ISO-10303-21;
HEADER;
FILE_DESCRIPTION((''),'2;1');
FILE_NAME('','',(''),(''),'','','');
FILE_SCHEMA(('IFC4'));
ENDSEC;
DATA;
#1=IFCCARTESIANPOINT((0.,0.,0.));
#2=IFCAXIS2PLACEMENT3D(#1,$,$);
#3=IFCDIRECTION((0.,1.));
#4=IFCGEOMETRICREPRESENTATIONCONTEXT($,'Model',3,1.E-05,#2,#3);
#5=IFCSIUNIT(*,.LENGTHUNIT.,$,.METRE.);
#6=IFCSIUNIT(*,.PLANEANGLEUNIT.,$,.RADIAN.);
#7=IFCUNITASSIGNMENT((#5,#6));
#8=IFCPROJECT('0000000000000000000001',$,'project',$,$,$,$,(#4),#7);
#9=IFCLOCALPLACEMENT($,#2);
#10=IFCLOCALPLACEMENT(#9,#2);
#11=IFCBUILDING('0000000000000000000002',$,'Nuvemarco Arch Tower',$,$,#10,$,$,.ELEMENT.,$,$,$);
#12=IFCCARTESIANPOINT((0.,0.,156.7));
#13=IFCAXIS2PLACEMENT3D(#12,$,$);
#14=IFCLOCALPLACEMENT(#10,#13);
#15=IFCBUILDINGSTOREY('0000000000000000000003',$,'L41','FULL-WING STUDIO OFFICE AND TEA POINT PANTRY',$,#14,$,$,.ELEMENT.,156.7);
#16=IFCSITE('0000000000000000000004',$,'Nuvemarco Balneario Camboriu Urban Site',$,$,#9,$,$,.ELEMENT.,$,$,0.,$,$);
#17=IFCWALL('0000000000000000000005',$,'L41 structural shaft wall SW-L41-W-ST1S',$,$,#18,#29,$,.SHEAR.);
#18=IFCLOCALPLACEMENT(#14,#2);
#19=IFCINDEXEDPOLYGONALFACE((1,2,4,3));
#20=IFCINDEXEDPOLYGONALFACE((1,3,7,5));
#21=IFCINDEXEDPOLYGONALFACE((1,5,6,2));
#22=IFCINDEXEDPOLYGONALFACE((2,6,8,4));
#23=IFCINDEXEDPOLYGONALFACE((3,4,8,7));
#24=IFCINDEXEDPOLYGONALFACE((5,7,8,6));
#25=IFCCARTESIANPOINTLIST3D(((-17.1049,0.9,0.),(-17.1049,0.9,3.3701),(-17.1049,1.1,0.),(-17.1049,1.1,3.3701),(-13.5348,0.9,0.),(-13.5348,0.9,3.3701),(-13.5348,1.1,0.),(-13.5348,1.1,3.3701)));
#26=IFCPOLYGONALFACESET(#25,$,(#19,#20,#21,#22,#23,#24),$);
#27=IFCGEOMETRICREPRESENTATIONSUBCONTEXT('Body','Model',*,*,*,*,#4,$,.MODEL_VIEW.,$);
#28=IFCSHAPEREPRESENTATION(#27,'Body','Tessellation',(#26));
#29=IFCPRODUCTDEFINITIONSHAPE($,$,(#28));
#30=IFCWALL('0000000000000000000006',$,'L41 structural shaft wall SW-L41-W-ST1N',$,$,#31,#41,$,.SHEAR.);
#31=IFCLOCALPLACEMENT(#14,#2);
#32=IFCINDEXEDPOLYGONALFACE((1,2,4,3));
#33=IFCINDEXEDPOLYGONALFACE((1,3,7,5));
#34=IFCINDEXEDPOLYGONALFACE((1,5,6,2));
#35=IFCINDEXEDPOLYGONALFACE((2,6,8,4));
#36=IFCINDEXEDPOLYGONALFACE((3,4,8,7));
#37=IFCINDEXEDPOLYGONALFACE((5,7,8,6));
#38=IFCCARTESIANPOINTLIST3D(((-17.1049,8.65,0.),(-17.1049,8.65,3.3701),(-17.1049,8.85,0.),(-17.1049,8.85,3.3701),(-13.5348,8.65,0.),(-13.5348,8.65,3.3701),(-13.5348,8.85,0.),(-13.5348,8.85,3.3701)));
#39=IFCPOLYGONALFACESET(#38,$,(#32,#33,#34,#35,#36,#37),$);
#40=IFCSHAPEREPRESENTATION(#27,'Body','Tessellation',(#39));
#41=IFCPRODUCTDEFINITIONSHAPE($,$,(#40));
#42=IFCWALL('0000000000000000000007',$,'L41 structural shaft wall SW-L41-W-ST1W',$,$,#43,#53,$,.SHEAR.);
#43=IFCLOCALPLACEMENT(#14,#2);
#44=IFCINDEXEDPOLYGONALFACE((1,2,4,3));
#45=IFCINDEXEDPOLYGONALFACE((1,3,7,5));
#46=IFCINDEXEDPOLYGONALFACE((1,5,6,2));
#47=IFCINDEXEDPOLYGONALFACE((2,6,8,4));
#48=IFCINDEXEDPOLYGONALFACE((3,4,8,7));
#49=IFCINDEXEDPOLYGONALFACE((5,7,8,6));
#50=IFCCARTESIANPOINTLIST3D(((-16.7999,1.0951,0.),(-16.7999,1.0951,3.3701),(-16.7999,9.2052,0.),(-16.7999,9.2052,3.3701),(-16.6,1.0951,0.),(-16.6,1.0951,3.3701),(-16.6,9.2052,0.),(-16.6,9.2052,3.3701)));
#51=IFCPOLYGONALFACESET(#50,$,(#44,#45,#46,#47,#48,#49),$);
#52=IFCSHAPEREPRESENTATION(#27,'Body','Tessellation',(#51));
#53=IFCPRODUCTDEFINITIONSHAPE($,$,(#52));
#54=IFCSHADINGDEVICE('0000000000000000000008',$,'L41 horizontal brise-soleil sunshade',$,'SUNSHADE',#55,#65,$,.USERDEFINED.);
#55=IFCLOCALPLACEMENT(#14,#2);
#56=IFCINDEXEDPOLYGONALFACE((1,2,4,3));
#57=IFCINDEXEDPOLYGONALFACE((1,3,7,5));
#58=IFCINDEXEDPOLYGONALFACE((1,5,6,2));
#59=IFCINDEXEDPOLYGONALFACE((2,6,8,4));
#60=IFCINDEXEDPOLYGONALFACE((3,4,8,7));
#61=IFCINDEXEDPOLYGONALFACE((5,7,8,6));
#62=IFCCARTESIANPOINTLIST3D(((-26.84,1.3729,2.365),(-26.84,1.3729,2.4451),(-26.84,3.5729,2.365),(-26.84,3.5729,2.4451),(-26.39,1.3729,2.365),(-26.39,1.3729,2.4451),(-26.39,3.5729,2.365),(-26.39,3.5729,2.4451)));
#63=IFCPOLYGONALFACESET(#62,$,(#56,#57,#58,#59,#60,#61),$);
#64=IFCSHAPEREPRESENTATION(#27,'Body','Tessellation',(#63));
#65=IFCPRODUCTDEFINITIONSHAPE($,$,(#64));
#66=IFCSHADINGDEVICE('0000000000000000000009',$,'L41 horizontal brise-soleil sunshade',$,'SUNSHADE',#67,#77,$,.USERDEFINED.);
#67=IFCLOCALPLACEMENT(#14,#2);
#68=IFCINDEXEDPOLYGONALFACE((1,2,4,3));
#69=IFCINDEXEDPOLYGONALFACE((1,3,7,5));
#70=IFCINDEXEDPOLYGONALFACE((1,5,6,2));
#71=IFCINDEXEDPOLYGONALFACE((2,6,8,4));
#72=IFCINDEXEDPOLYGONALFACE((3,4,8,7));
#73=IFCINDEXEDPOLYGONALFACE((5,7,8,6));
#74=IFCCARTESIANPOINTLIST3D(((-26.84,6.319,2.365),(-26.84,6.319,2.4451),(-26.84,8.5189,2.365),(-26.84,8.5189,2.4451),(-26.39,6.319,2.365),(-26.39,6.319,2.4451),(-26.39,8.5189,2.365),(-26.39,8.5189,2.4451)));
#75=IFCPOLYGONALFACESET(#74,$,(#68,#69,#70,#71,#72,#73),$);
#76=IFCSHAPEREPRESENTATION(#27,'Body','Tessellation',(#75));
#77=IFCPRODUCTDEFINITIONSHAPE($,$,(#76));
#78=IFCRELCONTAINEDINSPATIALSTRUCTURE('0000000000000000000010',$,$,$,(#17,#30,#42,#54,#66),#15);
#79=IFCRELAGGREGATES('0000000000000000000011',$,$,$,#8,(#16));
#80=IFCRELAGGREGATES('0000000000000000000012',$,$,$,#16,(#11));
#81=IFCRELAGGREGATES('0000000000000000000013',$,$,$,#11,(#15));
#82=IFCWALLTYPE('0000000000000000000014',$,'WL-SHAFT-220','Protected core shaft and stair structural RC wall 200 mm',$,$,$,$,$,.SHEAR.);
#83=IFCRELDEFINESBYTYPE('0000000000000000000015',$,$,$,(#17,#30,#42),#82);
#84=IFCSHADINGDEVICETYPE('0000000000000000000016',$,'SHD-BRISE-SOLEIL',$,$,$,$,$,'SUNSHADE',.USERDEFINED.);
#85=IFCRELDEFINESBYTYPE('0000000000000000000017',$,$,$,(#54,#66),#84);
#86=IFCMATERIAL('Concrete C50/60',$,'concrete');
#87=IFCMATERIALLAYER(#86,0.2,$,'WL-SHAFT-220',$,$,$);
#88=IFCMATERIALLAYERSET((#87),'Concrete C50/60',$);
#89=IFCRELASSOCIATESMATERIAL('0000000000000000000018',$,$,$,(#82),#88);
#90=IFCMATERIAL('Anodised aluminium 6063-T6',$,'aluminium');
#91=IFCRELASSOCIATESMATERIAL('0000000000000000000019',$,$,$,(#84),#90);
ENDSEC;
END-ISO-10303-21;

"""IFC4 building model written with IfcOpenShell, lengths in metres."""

from ifc_helpers import new_model, si_unit, direction, frame, frame_2d, origin, origin_2d, place, context, subcontext, project, spatial, rectangle, extrude, source, transform, mapped, material, layer, layer_set, type_object, type_shapes, element, save


model = new_model("IFC4")

# Units and contexts
model_context = context("Model", 3, precision=1e-05, world=origin(), true_north=direction((0.0, 1.0)))
body_context = subcontext(model_context, "Body", "Model", "MODEL_VIEW")
ifc_project = project(units=[si_unit("LENGTHUNIT", "METRE"), si_unit("PLANEANGLEUNIT", "RADIAN")], contexts=[model_context])

# Site, building, storey
site_placement = place(None, origin())
site = spatial("IfcSite", under=ifc_project, at=site_placement, Name="Nuvemarco Balneario Camboriu Urban Site", CompositionType="ELEMENT", RefElevation=0.0)
building_placement = place(site_placement, origin())
building = spatial("IfcBuilding", under=site, at=building_placement, Name="Nuvemarco Arch Tower", CompositionType="ELEMENT")
storey_placement = place(building_placement, frame((0.0, 0.0, 156.7)))
storey = spatial("IfcBuildingStorey", under=building, at=storey_placement, Name="L41", Description="FULL-WING STUDIO OFFICE AND TEA POINT PANTRY", CompositionType="ELEMENT", Elevation=156.7)

# Shared definitions
ifc_material_1 = material(Name="Concrete C50/60", Category="concrete")

# Walls
ifc_layer_1 = layer(ifc_material_1, 0.2, Name="WL-SHAFT-220")
ifc_layer_set_1 = layer_set([ifc_layer_1], Name="Concrete C50/60")
wall_type_1 = type_object("IfcWallType", Name="WL-SHAFT-220", Description="Protected core shaft and stair structural RC wall 200 mm", PredefinedType="SHEAR", material=ifc_layer_set_1)
for number, where, z_axis, x_axis, name in (
    (1, (-17.105, 1.0, 0.0), (0.0, 0.0, 1.0), (1.0, 0.0, 0.0), "L41 structural shaft wall SW-L41-W-ST1S"),
    (2, (-17.105, 8.75, 0.0), (0.0, 0.0, 1.0), (1.0, 0.0, 0.0), "L41 structural shaft wall SW-L41-W-ST1N"),
):
    element("IfcWall", number, at=place(storey_placement, frame(where, z_axis=z_axis, x_axis=x_axis)), inside=storey, type_object=wall_type_1, Name=name, PredefinedType="SHEAR", context=body_context, shape_type="SweptSolid", body=[
        extrude(rectangle(XDim=3.5701, YDim=0.2, at=frame_2d((1.7852, 0.0))), origin(), (0.0, 0.0, 1.0), 3.3701),
    ])
wall_1_placement = place(storey_placement, frame((-16.7, 1.095, 0.0), z_axis=(0.0, 0.0, 1.0), x_axis=(0.0, 1.0, 0.0)))
element("IfcWall", 3, at=wall_1_placement, inside=storey, type_object=wall_type_1, Name="L41 structural shaft wall SW-L41-W-ST1W", PredefinedType="SHEAR", context=body_context, shape_type="SweptSolid", body=[
    extrude(rectangle(XDim=8.1101, YDim=0.2, at=frame_2d((4.0552, 0.0))), origin(), (0.0, 0.0, 1.0), 3.3701),
])

# Shading devices
ifc_material_2 = material(Name="Anodised aluminium 6063-T6", Category="aluminium")
shading_device_type = type_object("IfcShadingDeviceType", Name="SHD-BRISE-SOLEIL", ElementType="SUNSHADE", PredefinedType="USERDEFINED", material=ifc_material_2)
shared_shape = source(origin(), body_context, "Body", "SweptSolid", [
    extrude(rectangle(XDim=2.2, YDim=0.45, at=origin_2d()), origin(), (0.0, 0.0, 1.0), 0.0801),
])
type_shapes(shading_device_type, [shared_shape])
for number, where, z_axis, x_axis, name in (
    (4, (-26.615, 2.4729, 2.365), (0.0, 0.0, 1.0), (0.0, 1.0, 0.0), "L41 horizontal brise-soleil sunshade"),
    (5, (-26.615, 7.4189, 2.365), (0.0, 0.0, 1.0), (0.0, 1.0, 0.0), "L41 horizontal brise-soleil sunshade"),
):
    element("IfcShadingDevice", number, at=place(storey_placement, frame(where, z_axis=z_axis, x_axis=x_axis)), inside=storey, type_object=shading_device_type, Name=name, ObjectType="SUNSHADE", PredefinedType="USERDEFINED", context=body_context, shape_type="MappedRepresentation", body=[
        mapped(shared_shape, transform((0.0, 0.0, 0.0), scale=1.0)),
    ])

save(model, "model.ifc")
